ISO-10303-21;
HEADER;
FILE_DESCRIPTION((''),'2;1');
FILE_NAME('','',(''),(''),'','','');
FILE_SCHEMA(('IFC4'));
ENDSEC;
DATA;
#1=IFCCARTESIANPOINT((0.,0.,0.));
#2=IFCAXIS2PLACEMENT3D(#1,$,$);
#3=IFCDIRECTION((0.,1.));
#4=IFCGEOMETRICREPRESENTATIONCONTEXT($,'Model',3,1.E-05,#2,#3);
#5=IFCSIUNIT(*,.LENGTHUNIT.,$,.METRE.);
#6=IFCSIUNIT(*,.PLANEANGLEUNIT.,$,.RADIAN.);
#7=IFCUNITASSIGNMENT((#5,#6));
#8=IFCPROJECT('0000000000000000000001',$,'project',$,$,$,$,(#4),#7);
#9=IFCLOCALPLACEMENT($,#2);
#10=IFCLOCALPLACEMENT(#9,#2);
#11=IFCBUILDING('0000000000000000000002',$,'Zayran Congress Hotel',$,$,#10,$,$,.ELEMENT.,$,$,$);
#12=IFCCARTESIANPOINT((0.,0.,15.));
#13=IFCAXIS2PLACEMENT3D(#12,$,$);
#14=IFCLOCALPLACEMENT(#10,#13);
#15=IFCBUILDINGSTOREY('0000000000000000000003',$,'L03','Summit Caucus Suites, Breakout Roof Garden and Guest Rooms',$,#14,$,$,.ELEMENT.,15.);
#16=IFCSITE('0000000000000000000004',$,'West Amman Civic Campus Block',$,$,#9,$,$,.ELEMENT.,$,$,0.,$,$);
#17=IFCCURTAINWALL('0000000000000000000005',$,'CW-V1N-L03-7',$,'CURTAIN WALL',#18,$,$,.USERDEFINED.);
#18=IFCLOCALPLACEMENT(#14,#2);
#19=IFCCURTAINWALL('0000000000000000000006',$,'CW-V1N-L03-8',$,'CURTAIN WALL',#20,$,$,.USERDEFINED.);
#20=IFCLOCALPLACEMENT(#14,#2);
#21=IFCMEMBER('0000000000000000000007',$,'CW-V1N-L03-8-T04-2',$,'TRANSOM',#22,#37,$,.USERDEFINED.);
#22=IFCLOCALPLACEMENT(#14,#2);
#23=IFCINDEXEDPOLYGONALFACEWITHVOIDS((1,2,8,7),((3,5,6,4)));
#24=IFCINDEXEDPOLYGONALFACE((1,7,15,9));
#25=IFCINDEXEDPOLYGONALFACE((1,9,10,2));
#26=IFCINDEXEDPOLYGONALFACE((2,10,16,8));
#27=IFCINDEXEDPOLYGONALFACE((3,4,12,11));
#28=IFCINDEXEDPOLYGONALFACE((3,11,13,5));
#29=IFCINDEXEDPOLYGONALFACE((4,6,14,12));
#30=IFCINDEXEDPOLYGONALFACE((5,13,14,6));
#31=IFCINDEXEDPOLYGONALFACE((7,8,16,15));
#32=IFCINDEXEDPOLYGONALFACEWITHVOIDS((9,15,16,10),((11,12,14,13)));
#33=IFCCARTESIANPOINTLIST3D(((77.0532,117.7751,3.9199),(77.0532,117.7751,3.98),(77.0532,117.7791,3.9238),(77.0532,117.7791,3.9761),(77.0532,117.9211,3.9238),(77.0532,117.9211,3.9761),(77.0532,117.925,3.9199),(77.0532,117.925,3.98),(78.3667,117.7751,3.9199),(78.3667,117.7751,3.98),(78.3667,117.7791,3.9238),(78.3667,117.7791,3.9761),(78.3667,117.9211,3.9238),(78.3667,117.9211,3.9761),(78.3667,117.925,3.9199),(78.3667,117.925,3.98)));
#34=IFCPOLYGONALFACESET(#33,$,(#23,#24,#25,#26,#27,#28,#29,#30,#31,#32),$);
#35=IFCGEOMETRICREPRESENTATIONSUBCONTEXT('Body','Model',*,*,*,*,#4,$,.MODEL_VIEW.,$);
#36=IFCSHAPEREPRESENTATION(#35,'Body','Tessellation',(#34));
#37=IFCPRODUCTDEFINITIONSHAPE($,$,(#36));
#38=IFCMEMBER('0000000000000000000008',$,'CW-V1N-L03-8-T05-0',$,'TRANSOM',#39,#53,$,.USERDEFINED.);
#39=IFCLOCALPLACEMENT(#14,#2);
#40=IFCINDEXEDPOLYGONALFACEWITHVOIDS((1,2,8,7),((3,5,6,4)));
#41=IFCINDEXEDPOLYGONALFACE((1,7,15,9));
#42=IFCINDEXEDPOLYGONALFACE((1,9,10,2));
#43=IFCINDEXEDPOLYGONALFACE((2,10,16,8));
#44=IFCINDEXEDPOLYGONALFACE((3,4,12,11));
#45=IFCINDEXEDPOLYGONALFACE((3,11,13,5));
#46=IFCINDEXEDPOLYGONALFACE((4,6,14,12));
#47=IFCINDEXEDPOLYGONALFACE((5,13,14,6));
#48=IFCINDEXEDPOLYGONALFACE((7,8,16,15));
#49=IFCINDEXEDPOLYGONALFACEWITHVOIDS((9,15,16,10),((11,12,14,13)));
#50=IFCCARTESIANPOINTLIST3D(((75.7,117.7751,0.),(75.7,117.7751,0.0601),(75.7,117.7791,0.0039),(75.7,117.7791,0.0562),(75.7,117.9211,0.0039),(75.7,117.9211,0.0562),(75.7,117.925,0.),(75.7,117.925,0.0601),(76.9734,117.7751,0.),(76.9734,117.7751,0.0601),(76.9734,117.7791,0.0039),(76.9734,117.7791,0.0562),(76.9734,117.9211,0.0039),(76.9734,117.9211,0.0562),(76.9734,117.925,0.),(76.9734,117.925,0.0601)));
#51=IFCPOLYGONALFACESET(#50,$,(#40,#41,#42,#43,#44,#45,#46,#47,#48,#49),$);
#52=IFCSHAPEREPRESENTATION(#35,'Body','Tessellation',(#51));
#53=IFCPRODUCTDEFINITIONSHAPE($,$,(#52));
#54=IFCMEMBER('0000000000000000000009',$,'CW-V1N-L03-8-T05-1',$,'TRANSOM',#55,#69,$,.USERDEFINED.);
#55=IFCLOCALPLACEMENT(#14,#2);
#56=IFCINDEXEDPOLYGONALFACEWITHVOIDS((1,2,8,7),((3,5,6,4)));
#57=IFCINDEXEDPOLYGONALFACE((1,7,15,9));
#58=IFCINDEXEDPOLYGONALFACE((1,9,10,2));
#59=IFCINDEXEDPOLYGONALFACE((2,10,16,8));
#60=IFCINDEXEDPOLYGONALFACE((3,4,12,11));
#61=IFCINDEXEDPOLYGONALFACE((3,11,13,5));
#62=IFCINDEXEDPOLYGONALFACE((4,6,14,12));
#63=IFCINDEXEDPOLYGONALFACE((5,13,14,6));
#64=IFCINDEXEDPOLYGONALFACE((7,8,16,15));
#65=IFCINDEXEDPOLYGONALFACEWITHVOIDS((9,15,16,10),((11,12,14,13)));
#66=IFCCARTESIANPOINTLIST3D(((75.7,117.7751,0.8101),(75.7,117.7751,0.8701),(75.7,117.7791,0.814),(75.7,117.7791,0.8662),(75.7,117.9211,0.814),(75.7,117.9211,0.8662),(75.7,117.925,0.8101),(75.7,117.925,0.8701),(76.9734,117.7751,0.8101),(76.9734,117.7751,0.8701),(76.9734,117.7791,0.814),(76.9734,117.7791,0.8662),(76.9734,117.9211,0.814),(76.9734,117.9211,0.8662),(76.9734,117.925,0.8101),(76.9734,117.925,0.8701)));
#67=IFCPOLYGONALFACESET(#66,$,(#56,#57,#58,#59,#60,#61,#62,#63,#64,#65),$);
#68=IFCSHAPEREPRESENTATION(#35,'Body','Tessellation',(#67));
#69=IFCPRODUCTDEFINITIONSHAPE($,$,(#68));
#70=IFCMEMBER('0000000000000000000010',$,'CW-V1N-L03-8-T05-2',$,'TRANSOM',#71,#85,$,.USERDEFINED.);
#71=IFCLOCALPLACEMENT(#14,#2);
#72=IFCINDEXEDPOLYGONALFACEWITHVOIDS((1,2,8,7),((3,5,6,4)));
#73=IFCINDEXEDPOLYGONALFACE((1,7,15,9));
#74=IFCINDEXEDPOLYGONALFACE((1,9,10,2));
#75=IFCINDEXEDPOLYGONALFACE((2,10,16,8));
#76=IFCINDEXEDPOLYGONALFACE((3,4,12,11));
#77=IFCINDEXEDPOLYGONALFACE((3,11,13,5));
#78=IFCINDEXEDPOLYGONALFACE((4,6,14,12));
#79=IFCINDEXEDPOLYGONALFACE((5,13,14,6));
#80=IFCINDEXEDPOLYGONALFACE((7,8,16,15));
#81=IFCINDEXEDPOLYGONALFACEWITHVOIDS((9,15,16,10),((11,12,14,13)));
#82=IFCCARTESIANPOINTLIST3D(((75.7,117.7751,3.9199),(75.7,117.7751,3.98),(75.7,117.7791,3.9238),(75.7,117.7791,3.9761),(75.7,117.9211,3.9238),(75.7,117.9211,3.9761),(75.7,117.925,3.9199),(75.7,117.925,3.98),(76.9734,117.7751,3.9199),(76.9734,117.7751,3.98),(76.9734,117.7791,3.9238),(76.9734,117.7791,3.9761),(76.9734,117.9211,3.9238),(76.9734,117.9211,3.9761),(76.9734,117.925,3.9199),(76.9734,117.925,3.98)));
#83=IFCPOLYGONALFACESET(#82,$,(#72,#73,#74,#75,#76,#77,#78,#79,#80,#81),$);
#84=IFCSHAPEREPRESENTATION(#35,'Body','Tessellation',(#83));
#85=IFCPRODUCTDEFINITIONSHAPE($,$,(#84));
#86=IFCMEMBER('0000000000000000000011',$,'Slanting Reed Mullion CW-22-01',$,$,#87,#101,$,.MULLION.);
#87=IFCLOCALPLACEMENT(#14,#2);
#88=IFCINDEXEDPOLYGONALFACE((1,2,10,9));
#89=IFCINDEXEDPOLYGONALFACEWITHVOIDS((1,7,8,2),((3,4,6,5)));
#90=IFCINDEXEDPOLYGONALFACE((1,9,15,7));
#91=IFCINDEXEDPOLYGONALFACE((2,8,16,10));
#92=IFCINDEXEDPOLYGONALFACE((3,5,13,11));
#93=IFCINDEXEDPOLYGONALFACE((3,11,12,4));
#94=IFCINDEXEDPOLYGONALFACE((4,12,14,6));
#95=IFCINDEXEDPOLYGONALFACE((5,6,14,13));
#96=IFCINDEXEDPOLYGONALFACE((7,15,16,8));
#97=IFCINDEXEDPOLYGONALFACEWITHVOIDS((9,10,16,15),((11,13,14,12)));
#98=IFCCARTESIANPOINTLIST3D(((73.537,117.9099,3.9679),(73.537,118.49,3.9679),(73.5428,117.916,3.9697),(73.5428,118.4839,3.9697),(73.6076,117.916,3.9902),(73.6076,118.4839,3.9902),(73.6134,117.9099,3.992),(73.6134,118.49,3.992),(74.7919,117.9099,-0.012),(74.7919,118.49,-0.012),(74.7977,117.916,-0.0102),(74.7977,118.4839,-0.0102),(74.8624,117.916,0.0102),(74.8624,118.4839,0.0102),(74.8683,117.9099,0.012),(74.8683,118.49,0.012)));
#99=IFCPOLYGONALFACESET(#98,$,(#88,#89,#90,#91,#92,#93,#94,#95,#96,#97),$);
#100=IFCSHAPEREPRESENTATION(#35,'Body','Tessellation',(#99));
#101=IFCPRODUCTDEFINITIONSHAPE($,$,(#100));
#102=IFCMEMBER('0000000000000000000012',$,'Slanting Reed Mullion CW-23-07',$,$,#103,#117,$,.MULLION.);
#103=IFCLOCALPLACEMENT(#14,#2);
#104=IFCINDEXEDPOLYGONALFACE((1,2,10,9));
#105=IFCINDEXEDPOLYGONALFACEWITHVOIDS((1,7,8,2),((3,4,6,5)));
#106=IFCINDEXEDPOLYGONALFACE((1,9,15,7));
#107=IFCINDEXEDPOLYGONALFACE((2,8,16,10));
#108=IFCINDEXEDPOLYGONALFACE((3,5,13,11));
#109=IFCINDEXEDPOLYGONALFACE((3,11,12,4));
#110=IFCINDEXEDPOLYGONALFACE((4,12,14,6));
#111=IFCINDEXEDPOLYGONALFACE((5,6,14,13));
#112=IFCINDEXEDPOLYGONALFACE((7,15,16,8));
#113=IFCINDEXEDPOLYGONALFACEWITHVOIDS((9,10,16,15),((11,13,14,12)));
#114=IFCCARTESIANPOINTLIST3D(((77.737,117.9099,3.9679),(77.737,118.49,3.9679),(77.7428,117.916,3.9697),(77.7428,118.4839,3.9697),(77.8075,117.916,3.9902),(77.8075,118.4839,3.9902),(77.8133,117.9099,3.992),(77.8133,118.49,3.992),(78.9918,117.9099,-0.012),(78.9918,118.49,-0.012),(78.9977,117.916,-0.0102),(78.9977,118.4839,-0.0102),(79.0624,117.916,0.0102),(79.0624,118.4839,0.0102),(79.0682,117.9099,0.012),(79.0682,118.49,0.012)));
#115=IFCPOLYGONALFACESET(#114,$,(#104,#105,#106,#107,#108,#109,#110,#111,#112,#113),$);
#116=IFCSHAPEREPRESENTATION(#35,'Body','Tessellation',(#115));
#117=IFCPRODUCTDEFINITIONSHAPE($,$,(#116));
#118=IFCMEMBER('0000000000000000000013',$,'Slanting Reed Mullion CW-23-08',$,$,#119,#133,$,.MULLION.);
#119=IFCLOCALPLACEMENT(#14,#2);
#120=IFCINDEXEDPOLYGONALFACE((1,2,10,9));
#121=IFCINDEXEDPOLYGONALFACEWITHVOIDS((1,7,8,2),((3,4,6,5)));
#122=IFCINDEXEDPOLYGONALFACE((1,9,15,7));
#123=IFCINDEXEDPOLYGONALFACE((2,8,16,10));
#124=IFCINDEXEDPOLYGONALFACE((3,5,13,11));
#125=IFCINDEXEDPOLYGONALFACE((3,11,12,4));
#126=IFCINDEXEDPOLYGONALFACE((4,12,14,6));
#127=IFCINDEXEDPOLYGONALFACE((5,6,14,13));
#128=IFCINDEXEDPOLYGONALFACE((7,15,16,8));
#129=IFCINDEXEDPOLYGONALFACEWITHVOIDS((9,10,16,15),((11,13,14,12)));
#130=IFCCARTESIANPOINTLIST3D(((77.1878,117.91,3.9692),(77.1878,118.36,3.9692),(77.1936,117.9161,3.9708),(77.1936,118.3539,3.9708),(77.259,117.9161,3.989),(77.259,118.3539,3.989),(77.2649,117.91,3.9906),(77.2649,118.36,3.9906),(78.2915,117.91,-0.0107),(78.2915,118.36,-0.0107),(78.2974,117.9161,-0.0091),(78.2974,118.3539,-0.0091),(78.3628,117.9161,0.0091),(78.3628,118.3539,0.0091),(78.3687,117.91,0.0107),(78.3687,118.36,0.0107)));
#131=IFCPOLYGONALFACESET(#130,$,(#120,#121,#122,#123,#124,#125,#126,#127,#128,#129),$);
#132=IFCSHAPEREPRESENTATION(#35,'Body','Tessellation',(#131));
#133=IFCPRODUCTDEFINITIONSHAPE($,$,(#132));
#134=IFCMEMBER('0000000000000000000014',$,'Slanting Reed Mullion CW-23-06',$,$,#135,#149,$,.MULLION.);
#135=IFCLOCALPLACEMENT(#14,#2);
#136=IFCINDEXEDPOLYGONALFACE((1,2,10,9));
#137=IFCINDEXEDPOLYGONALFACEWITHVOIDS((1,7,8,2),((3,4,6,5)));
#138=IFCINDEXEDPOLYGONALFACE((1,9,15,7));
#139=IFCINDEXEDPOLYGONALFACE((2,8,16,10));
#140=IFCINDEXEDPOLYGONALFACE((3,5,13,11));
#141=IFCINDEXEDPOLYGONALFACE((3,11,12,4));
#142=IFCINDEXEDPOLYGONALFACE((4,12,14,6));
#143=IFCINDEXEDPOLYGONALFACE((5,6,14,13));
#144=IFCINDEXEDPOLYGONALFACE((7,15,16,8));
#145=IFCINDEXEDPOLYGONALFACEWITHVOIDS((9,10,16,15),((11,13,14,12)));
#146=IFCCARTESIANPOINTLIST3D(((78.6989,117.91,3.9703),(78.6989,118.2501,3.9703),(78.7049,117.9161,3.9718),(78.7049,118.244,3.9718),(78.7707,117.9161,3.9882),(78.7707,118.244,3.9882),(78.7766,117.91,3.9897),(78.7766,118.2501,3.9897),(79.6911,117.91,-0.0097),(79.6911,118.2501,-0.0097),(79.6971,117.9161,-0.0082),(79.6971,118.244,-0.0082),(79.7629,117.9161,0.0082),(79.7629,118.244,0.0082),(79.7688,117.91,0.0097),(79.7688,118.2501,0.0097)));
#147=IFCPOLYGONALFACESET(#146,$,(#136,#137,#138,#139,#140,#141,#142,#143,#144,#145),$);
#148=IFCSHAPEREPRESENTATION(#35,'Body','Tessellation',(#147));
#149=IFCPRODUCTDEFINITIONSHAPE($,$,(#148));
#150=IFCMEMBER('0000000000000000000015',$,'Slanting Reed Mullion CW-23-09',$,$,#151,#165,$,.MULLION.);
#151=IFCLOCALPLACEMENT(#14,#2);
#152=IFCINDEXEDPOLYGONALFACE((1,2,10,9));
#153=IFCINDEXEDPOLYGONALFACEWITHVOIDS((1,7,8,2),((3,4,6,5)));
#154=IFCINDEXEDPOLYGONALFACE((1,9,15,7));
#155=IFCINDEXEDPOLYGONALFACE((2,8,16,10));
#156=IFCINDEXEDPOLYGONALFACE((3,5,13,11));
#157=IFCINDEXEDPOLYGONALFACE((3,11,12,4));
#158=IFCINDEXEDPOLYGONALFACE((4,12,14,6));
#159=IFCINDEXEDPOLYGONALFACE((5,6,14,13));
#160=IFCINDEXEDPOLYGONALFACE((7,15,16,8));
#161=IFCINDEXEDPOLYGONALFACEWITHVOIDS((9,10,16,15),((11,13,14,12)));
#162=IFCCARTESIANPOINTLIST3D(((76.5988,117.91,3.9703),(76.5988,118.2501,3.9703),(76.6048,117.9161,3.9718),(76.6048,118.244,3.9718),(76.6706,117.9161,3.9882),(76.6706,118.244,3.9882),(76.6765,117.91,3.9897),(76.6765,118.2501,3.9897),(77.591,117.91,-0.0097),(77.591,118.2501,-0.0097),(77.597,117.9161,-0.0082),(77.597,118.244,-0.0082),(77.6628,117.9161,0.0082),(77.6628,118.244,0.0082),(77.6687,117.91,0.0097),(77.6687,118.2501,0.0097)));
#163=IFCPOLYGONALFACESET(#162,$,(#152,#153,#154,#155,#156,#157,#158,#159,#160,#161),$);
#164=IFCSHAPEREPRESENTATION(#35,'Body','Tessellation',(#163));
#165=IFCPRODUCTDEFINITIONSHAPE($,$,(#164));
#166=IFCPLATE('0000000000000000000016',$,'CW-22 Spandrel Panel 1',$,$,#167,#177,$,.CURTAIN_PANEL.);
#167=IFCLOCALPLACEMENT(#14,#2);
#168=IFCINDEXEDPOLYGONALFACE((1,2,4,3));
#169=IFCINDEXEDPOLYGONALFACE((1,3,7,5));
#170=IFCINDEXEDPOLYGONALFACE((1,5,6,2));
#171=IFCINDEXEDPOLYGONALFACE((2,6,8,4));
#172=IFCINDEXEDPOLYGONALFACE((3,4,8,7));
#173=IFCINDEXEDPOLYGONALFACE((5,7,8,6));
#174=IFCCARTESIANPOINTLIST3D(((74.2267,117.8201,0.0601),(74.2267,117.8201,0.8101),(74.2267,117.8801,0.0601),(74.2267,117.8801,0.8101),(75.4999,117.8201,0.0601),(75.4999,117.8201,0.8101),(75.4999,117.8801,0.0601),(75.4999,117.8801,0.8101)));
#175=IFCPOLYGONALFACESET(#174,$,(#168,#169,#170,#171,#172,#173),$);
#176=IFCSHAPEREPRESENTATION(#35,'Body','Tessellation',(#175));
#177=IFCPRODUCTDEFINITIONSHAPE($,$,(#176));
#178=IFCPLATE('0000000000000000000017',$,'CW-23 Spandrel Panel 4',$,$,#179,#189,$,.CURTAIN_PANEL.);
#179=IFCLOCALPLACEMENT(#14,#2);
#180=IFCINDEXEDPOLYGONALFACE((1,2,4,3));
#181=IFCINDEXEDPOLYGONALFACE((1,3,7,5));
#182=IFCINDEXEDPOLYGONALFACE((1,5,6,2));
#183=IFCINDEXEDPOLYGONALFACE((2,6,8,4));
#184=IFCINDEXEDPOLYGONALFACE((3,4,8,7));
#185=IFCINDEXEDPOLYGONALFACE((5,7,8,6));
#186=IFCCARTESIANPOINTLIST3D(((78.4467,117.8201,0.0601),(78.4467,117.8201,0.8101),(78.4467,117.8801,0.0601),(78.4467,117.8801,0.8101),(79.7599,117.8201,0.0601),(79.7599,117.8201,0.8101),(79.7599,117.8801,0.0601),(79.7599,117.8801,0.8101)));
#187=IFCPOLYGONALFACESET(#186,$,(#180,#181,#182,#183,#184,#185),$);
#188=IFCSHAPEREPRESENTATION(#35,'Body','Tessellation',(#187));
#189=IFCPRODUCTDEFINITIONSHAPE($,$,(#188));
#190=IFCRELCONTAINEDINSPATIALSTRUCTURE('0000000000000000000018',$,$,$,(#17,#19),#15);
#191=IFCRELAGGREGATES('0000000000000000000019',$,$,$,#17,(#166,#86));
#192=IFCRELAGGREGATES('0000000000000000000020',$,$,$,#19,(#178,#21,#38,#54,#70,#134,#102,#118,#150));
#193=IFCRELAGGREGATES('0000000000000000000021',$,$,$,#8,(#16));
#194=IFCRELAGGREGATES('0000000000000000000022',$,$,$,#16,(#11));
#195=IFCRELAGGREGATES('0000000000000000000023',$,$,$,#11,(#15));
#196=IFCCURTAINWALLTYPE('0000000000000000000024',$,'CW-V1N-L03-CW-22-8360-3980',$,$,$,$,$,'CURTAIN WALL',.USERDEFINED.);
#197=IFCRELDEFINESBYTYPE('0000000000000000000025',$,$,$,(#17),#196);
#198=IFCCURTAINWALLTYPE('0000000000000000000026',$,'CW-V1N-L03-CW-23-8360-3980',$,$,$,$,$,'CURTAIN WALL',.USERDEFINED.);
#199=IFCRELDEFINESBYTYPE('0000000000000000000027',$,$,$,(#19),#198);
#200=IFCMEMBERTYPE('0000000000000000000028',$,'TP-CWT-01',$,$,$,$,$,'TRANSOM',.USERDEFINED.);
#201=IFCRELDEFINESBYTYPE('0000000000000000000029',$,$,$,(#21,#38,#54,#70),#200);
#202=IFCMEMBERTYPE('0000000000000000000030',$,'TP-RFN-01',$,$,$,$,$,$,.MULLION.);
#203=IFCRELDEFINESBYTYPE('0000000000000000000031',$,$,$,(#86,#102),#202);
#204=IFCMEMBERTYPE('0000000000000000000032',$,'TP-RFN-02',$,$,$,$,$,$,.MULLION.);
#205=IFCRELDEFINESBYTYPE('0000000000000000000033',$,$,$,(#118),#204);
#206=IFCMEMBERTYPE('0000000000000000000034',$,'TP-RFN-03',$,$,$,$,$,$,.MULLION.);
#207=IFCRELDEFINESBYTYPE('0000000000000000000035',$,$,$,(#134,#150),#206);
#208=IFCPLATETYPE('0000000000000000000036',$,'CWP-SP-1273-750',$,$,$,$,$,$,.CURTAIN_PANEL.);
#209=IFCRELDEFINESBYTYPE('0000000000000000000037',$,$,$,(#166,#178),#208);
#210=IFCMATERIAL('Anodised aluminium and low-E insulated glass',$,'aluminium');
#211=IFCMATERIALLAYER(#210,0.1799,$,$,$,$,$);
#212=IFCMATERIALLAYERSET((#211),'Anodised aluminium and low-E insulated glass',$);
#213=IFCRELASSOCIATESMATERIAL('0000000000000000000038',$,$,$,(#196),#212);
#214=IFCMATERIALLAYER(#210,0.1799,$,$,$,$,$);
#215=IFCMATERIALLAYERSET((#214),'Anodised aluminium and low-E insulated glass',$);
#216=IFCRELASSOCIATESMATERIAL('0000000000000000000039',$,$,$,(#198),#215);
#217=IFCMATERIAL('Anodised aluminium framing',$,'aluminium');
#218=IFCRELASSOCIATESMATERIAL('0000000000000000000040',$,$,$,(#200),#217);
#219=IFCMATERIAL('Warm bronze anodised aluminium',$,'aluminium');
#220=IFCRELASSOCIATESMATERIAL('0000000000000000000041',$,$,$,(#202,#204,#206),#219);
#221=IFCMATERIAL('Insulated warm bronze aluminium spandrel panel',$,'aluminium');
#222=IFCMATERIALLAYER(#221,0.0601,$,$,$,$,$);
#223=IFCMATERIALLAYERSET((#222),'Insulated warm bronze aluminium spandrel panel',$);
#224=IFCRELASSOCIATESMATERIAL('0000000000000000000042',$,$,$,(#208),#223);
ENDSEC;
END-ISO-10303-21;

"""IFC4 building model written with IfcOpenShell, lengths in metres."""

from ifc_helpers import new_model, si_unit, direction, frame, origin, origin_2d, place, context, subcontext, project, spatial, rectangle, hollow_rectangle, extrude, material, layer, layer_set, material_profile, profile_set, type_object, element, aggregate, save


model = new_model("IFC4")

# Units and contexts
model_context = context("Model", 3, precision=1e-05, world=origin(), true_north=direction((0.0, 1.0)))
body_context = subcontext(model_context, "Body", "Model", "MODEL_VIEW")
ifc_project = project(units=[si_unit("LENGTHUNIT", "METRE"), si_unit("PLANEANGLEUNIT", "RADIAN")], contexts=[model_context])

# Site, building, storey
site_placement = place(None, origin())
site = spatial("IfcSite", under=ifc_project, at=site_placement, Name="West Amman Civic Campus Block", CompositionType="ELEMENT", RefElevation=0.0)
building_placement = place(site_placement, origin())
building = spatial("IfcBuilding", under=site, at=building_placement, Name="Zayran Congress Hotel", CompositionType="ELEMENT")
storey_placement = place(building_placement, frame((0.0, 0.0, 15.0)))
storey = spatial("IfcBuildingStorey", under=building, at=storey_placement, Name="L03", Description="Summit Caucus Suites, Breakout Roof Garden and Guest Rooms", CompositionType="ELEMENT", Elevation=15.0)

# Curtain wall
ifc_material_1 = material(Name="Anodised aluminium and low-E insulated glass", Category="aluminium")
ifc_layer_1 = layer(ifc_material_1, 0.1799)
ifc_layer_set_1 = layer_set([ifc_layer_1], Name="Anodised aluminium and low-E insulated glass")
curtain_wall_type_1 = type_object("IfcCurtainWallType", Name="CW-V1N-L03-CW-22-8360-3980", ElementType="CURTAIN WALL", PredefinedType="USERDEFINED", material=ifc_layer_set_1)
curtain_wall_1_placement = place(storey_placement, origin())
curtain_wall_1 = element("IfcCurtainWall", 1, at=curtain_wall_1_placement, inside=storey, type_object=curtain_wall_type_1, Name="CW-V1N-L03-7", ObjectType="CURTAIN WALL", PredefinedType="USERDEFINED")
ifc_material_2 = material(Name="Anodised aluminium framing", Category="aluminium")

# Curtain wall
ifc_layer_2 = layer(ifc_material_1, 0.1799)
ifc_layer_set_2 = layer_set([ifc_layer_2], Name="Anodised aluminium and low-E insulated glass")
curtain_wall_type_2 = type_object("IfcCurtainWallType", Name="CW-V1N-L03-CW-23-8360-3980", ElementType="CURTAIN WALL", PredefinedType="USERDEFINED", material=ifc_layer_set_2)
curtain_wall_2_placement = place(storey_placement, origin())
curtain_wall_2 = element("IfcCurtainWall", 2, at=curtain_wall_2_placement, inside=storey, type_object=curtain_wall_type_2, Name="CW-V1N-L03-8", ObjectType="CURTAIN WALL", PredefinedType="USERDEFINED")

# Members
ifc_material_profile_1 = material_profile(ifc_material_2, hollow_rectangle(XDim=0.0601, YDim=0.1499, WallThickness=0.0039, at=origin_2d()), Name="RHS 150x60x4")
ifc_profile_set_1 = profile_set([ifc_material_profile_1], Name="Anodised aluminium framing")
member_type_1 = type_object("IfcMemberType", Name="TP-CWT-01", ElementType="TRANSOM", PredefinedType="USERDEFINED", material=ifc_profile_set_1)
member_1_placement = place(storey_placement, frame((78.3667, 117.8501, 3.95), z_axis=(-1.0, 0.0, 0.0), x_axis=(0.0, 0.0, 1.0)))
member_1 = element("IfcMember", 3, at=member_1_placement, type_object=member_type_1, Name="CW-V1N-L03-8-T04-2", ObjectType="TRANSOM", PredefinedType="USERDEFINED", context=body_context, shape_type="SweptSolid", body=[
    extrude(hollow_rectangle(XDim=0.0601, YDim=0.1499, WallThickness=0.0039, at=origin_2d()), origin(), (0.0, 0.0, 1.0), 1.3135),
])
member_2_placement = place(storey_placement, frame((76.9734, 117.8501, 0.03), z_axis=(-1.0, 0.0, 0.0), x_axis=(0.0, 0.0, 1.0)))
member_2 = element("IfcMember", 4, at=member_2_placement, type_object=member_type_1, Name="CW-V1N-L03-8-T05-0", ObjectType="TRANSOM", PredefinedType="USERDEFINED", context=body_context, shape_type="SweptSolid", body=[
    extrude(hollow_rectangle(XDim=0.0601, YDim=0.1499, WallThickness=0.0039, at=origin_2d()), origin(), (0.0, 0.0, 1.0), 1.2734),
])
member_3_placement = place(storey_placement, frame((76.9734, 117.8501, 0.8401), z_axis=(-1.0, 0.0, 0.0), x_axis=(0.0, 0.0, 1.0)))
member_3 = element("IfcMember", 5, at=member_3_placement, type_object=member_type_1, Name="CW-V1N-L03-8-T05-1", ObjectType="TRANSOM", PredefinedType="USERDEFINED", context=body_context, shape_type="SweptSolid", body=[
    extrude(hollow_rectangle(XDim=0.0601, YDim=0.1499, WallThickness=0.0039, at=origin_2d()), origin(), (0.0, 0.0, 1.0), 1.2734),
])
member_4_placement = place(storey_placement, frame((76.9734, 117.8501, 3.95), z_axis=(-1.0, 0.0, 0.0), x_axis=(0.0, 0.0, 1.0)))
member_4 = element("IfcMember", 6, at=member_4_placement, type_object=member_type_1, Name="CW-V1N-L03-8-T05-2", ObjectType="TRANSOM", PredefinedType="USERDEFINED", context=body_context, shape_type="SweptSolid", body=[
    extrude(hollow_rectangle(XDim=0.0601, YDim=0.1499, WallThickness=0.0039, at=origin_2d()), origin(), (0.0, 0.0, 1.0), 1.2734),
])
ifc_material_3 = material(Name="Warm bronze anodised aluminium", Category="aluminium")
ifc_material_profile_2 = material_profile(ifc_material_3, hollow_rectangle(XDim=0.0801, YDim=0.5801, WallThickness=0.0061, at=origin_2d()), Name="RHS 580x80x6")
ifc_profile_set_2 = profile_set([ifc_material_profile_2], Name="Warm bronze anodised aluminium")
member_type_2 = type_object("IfcMemberType", Name="TP-RFN-01", PredefinedType="MULLION", material=ifc_profile_set_2)
member_5_placement = place(storey_placement, frame((74.8301, 118.2, 0.0), z_axis=(-0.300706, 0.0, 0.953717), x_axis=(0.953717, 0.0, 0.300706)))
member_5 = element("IfcMember", 7, at=member_5_placement, type_object=member_type_2, Name="Slanting Reed Mullion CW-22-01", PredefinedType="MULLION", context=body_context, shape_type="SweptSolid", body=[
    extrude(hollow_rectangle(XDim=0.0801, YDim=0.5801, WallThickness=0.0061, at=origin_2d()), origin(), (0.0, 0.0, 1.0), 4.1731),
])
member_6_placement = place(storey_placement, frame((79.03, 118.2, 0.0), z_axis=(-0.300706, 0.0, 0.953717), x_axis=(0.953717, 0.0, 0.300706)))
member_6 = element("IfcMember", 8, at=member_6_placement, type_object=member_type_2, Name="Slanting Reed Mullion CW-23-07", PredefinedType="MULLION", context=body_context, shape_type="SweptSolid", body=[
    extrude(hollow_rectangle(XDim=0.0801, YDim=0.5801, WallThickness=0.0061, at=origin_2d()), origin(), (0.0, 0.0, 1.0), 4.1731),
])
ifc_material_profile_3 = material_profile(ifc_material_3, hollow_rectangle(XDim=0.0801, YDim=0.45, WallThickness=0.0061, at=origin_2d()), Name="RHS 450x80x6")
ifc_profile_set_3 = profile_set([ifc_material_profile_3], Name="Warm bronze anodised aluminium")
member_type_3 = type_object("IfcMemberType", Name="TP-RFN-02", PredefinedType="MULLION", material=ifc_profile_set_3)
member_7_placement = place(storey_placement, frame((78.3301, 118.135, 0.0), z_axis=(-0.267241, 0.0, 0.96363), x_axis=(0.96363, 0.0, 0.267241)))
member_7 = element("IfcMember", 9, at=member_7_placement, type_object=member_type_3, Name="Slanting Reed Mullion CW-23-08", PredefinedType="MULLION", context=body_context, shape_type="SweptSolid", body=[
    extrude(hollow_rectangle(XDim=0.0801, YDim=0.45, WallThickness=0.0061, at=origin_2d()), origin(), (0.0, 0.0, 1.0), 4.1301),
])
ifc_material_profile_4 = material_profile(ifc_material_3, hollow_rectangle(XDim=0.0801, YDim=0.3401, WallThickness=0.0061, at=origin_2d()), Name="RHS 340x80x6")
ifc_profile_set_4 = profile_set([ifc_material_profile_4], Name="Warm bronze anodised aluminium")
member_type_4 = type_object("IfcMemberType", Name="TP-RFN-03", PredefinedType="MULLION", material=ifc_profile_set_4)
member_8_placement = place(storey_placement, frame((79.73, 118.0801, 0.0), z_axis=(-0.241891, 0.0, 0.970303), x_axis=(0.970303, 0.0, 0.241891)))
member_8 = element("IfcMember", 10, at=member_8_placement, type_object=member_type_4, Name="Slanting Reed Mullion CW-23-06", PredefinedType="MULLION", context=body_context, shape_type="SweptSolid", body=[
    extrude(hollow_rectangle(XDim=0.0801, YDim=0.3401, WallThickness=0.0061, at=origin_2d()), origin(), (0.0, 0.0, 1.0), 4.1018),
])
member_9_placement = place(storey_placement, frame((77.6299, 118.0801, 0.0), z_axis=(-0.241891, 0.0, 0.970303), x_axis=(0.970303, 0.0, 0.241891)))
member_9 = element("IfcMember", 11, at=member_9_placement, type_object=member_type_4, Name="Slanting Reed Mullion CW-23-09", PredefinedType="MULLION", context=body_context, shape_type="SweptSolid", body=[
    extrude(hollow_rectangle(XDim=0.0801, YDim=0.3401, WallThickness=0.0061, at=origin_2d()), origin(), (0.0, 0.0, 1.0), 4.1018),
])

# Plates
ifc_material_4 = material(Name="Insulated warm bronze aluminium spandrel panel", Category="aluminium")
ifc_layer_3 = layer(ifc_material_4, 0.0601)
ifc_layer_set_3 = layer_set([ifc_layer_3], Name="Insulated warm bronze aluminium spandrel panel")
plate_type_1 = type_object("IfcPlateType", Name="CWP-SP-1273-750", PredefinedType="CURTAIN_PANEL", material=ifc_layer_set_3)
plate_1_placement = place(storey_placement, frame((74.8633, 117.8501, 0.0601), z_axis=(0.0, 0.0, 1.0), x_axis=(1.0, 0.0, 0.0)))
plate_1 = element("IfcPlate", 12, at=plate_1_placement, type_object=plate_type_1, Name="CW-22 Spandrel Panel 1", PredefinedType="CURTAIN_PANEL", context=body_context, shape_type="SweptSolid", body=[
    extrude(rectangle(XDim=1.2732, YDim=0.0601, at=origin_2d()), origin(), (0.0, 0.0, 1.0), 0.75),
])
plate_2_placement = place(storey_placement, frame((79.1033, 117.8501, 0.0601), z_axis=(0.0, 0.0, 1.0), x_axis=(1.0, 0.0, 0.0)))
plate_2 = element("IfcPlate", 13, at=plate_2_placement, type_object=plate_type_1, Name="CW-23 Spandrel Panel 4", PredefinedType="CURTAIN_PANEL", context=body_context, shape_type="SweptSolid", body=[
    extrude(rectangle(XDim=1.3132, YDim=0.0601, at=origin_2d()), origin(), (0.0, 0.0, 1.0), 0.75),
])
aggregate(curtain_wall_1, [plate_1, member_5])
aggregate(curtain_wall_2, [plate_2, member_1, member_2, member_3, member_4, member_8, member_6, member_7, member_9])

save(model, "model.ifc")
